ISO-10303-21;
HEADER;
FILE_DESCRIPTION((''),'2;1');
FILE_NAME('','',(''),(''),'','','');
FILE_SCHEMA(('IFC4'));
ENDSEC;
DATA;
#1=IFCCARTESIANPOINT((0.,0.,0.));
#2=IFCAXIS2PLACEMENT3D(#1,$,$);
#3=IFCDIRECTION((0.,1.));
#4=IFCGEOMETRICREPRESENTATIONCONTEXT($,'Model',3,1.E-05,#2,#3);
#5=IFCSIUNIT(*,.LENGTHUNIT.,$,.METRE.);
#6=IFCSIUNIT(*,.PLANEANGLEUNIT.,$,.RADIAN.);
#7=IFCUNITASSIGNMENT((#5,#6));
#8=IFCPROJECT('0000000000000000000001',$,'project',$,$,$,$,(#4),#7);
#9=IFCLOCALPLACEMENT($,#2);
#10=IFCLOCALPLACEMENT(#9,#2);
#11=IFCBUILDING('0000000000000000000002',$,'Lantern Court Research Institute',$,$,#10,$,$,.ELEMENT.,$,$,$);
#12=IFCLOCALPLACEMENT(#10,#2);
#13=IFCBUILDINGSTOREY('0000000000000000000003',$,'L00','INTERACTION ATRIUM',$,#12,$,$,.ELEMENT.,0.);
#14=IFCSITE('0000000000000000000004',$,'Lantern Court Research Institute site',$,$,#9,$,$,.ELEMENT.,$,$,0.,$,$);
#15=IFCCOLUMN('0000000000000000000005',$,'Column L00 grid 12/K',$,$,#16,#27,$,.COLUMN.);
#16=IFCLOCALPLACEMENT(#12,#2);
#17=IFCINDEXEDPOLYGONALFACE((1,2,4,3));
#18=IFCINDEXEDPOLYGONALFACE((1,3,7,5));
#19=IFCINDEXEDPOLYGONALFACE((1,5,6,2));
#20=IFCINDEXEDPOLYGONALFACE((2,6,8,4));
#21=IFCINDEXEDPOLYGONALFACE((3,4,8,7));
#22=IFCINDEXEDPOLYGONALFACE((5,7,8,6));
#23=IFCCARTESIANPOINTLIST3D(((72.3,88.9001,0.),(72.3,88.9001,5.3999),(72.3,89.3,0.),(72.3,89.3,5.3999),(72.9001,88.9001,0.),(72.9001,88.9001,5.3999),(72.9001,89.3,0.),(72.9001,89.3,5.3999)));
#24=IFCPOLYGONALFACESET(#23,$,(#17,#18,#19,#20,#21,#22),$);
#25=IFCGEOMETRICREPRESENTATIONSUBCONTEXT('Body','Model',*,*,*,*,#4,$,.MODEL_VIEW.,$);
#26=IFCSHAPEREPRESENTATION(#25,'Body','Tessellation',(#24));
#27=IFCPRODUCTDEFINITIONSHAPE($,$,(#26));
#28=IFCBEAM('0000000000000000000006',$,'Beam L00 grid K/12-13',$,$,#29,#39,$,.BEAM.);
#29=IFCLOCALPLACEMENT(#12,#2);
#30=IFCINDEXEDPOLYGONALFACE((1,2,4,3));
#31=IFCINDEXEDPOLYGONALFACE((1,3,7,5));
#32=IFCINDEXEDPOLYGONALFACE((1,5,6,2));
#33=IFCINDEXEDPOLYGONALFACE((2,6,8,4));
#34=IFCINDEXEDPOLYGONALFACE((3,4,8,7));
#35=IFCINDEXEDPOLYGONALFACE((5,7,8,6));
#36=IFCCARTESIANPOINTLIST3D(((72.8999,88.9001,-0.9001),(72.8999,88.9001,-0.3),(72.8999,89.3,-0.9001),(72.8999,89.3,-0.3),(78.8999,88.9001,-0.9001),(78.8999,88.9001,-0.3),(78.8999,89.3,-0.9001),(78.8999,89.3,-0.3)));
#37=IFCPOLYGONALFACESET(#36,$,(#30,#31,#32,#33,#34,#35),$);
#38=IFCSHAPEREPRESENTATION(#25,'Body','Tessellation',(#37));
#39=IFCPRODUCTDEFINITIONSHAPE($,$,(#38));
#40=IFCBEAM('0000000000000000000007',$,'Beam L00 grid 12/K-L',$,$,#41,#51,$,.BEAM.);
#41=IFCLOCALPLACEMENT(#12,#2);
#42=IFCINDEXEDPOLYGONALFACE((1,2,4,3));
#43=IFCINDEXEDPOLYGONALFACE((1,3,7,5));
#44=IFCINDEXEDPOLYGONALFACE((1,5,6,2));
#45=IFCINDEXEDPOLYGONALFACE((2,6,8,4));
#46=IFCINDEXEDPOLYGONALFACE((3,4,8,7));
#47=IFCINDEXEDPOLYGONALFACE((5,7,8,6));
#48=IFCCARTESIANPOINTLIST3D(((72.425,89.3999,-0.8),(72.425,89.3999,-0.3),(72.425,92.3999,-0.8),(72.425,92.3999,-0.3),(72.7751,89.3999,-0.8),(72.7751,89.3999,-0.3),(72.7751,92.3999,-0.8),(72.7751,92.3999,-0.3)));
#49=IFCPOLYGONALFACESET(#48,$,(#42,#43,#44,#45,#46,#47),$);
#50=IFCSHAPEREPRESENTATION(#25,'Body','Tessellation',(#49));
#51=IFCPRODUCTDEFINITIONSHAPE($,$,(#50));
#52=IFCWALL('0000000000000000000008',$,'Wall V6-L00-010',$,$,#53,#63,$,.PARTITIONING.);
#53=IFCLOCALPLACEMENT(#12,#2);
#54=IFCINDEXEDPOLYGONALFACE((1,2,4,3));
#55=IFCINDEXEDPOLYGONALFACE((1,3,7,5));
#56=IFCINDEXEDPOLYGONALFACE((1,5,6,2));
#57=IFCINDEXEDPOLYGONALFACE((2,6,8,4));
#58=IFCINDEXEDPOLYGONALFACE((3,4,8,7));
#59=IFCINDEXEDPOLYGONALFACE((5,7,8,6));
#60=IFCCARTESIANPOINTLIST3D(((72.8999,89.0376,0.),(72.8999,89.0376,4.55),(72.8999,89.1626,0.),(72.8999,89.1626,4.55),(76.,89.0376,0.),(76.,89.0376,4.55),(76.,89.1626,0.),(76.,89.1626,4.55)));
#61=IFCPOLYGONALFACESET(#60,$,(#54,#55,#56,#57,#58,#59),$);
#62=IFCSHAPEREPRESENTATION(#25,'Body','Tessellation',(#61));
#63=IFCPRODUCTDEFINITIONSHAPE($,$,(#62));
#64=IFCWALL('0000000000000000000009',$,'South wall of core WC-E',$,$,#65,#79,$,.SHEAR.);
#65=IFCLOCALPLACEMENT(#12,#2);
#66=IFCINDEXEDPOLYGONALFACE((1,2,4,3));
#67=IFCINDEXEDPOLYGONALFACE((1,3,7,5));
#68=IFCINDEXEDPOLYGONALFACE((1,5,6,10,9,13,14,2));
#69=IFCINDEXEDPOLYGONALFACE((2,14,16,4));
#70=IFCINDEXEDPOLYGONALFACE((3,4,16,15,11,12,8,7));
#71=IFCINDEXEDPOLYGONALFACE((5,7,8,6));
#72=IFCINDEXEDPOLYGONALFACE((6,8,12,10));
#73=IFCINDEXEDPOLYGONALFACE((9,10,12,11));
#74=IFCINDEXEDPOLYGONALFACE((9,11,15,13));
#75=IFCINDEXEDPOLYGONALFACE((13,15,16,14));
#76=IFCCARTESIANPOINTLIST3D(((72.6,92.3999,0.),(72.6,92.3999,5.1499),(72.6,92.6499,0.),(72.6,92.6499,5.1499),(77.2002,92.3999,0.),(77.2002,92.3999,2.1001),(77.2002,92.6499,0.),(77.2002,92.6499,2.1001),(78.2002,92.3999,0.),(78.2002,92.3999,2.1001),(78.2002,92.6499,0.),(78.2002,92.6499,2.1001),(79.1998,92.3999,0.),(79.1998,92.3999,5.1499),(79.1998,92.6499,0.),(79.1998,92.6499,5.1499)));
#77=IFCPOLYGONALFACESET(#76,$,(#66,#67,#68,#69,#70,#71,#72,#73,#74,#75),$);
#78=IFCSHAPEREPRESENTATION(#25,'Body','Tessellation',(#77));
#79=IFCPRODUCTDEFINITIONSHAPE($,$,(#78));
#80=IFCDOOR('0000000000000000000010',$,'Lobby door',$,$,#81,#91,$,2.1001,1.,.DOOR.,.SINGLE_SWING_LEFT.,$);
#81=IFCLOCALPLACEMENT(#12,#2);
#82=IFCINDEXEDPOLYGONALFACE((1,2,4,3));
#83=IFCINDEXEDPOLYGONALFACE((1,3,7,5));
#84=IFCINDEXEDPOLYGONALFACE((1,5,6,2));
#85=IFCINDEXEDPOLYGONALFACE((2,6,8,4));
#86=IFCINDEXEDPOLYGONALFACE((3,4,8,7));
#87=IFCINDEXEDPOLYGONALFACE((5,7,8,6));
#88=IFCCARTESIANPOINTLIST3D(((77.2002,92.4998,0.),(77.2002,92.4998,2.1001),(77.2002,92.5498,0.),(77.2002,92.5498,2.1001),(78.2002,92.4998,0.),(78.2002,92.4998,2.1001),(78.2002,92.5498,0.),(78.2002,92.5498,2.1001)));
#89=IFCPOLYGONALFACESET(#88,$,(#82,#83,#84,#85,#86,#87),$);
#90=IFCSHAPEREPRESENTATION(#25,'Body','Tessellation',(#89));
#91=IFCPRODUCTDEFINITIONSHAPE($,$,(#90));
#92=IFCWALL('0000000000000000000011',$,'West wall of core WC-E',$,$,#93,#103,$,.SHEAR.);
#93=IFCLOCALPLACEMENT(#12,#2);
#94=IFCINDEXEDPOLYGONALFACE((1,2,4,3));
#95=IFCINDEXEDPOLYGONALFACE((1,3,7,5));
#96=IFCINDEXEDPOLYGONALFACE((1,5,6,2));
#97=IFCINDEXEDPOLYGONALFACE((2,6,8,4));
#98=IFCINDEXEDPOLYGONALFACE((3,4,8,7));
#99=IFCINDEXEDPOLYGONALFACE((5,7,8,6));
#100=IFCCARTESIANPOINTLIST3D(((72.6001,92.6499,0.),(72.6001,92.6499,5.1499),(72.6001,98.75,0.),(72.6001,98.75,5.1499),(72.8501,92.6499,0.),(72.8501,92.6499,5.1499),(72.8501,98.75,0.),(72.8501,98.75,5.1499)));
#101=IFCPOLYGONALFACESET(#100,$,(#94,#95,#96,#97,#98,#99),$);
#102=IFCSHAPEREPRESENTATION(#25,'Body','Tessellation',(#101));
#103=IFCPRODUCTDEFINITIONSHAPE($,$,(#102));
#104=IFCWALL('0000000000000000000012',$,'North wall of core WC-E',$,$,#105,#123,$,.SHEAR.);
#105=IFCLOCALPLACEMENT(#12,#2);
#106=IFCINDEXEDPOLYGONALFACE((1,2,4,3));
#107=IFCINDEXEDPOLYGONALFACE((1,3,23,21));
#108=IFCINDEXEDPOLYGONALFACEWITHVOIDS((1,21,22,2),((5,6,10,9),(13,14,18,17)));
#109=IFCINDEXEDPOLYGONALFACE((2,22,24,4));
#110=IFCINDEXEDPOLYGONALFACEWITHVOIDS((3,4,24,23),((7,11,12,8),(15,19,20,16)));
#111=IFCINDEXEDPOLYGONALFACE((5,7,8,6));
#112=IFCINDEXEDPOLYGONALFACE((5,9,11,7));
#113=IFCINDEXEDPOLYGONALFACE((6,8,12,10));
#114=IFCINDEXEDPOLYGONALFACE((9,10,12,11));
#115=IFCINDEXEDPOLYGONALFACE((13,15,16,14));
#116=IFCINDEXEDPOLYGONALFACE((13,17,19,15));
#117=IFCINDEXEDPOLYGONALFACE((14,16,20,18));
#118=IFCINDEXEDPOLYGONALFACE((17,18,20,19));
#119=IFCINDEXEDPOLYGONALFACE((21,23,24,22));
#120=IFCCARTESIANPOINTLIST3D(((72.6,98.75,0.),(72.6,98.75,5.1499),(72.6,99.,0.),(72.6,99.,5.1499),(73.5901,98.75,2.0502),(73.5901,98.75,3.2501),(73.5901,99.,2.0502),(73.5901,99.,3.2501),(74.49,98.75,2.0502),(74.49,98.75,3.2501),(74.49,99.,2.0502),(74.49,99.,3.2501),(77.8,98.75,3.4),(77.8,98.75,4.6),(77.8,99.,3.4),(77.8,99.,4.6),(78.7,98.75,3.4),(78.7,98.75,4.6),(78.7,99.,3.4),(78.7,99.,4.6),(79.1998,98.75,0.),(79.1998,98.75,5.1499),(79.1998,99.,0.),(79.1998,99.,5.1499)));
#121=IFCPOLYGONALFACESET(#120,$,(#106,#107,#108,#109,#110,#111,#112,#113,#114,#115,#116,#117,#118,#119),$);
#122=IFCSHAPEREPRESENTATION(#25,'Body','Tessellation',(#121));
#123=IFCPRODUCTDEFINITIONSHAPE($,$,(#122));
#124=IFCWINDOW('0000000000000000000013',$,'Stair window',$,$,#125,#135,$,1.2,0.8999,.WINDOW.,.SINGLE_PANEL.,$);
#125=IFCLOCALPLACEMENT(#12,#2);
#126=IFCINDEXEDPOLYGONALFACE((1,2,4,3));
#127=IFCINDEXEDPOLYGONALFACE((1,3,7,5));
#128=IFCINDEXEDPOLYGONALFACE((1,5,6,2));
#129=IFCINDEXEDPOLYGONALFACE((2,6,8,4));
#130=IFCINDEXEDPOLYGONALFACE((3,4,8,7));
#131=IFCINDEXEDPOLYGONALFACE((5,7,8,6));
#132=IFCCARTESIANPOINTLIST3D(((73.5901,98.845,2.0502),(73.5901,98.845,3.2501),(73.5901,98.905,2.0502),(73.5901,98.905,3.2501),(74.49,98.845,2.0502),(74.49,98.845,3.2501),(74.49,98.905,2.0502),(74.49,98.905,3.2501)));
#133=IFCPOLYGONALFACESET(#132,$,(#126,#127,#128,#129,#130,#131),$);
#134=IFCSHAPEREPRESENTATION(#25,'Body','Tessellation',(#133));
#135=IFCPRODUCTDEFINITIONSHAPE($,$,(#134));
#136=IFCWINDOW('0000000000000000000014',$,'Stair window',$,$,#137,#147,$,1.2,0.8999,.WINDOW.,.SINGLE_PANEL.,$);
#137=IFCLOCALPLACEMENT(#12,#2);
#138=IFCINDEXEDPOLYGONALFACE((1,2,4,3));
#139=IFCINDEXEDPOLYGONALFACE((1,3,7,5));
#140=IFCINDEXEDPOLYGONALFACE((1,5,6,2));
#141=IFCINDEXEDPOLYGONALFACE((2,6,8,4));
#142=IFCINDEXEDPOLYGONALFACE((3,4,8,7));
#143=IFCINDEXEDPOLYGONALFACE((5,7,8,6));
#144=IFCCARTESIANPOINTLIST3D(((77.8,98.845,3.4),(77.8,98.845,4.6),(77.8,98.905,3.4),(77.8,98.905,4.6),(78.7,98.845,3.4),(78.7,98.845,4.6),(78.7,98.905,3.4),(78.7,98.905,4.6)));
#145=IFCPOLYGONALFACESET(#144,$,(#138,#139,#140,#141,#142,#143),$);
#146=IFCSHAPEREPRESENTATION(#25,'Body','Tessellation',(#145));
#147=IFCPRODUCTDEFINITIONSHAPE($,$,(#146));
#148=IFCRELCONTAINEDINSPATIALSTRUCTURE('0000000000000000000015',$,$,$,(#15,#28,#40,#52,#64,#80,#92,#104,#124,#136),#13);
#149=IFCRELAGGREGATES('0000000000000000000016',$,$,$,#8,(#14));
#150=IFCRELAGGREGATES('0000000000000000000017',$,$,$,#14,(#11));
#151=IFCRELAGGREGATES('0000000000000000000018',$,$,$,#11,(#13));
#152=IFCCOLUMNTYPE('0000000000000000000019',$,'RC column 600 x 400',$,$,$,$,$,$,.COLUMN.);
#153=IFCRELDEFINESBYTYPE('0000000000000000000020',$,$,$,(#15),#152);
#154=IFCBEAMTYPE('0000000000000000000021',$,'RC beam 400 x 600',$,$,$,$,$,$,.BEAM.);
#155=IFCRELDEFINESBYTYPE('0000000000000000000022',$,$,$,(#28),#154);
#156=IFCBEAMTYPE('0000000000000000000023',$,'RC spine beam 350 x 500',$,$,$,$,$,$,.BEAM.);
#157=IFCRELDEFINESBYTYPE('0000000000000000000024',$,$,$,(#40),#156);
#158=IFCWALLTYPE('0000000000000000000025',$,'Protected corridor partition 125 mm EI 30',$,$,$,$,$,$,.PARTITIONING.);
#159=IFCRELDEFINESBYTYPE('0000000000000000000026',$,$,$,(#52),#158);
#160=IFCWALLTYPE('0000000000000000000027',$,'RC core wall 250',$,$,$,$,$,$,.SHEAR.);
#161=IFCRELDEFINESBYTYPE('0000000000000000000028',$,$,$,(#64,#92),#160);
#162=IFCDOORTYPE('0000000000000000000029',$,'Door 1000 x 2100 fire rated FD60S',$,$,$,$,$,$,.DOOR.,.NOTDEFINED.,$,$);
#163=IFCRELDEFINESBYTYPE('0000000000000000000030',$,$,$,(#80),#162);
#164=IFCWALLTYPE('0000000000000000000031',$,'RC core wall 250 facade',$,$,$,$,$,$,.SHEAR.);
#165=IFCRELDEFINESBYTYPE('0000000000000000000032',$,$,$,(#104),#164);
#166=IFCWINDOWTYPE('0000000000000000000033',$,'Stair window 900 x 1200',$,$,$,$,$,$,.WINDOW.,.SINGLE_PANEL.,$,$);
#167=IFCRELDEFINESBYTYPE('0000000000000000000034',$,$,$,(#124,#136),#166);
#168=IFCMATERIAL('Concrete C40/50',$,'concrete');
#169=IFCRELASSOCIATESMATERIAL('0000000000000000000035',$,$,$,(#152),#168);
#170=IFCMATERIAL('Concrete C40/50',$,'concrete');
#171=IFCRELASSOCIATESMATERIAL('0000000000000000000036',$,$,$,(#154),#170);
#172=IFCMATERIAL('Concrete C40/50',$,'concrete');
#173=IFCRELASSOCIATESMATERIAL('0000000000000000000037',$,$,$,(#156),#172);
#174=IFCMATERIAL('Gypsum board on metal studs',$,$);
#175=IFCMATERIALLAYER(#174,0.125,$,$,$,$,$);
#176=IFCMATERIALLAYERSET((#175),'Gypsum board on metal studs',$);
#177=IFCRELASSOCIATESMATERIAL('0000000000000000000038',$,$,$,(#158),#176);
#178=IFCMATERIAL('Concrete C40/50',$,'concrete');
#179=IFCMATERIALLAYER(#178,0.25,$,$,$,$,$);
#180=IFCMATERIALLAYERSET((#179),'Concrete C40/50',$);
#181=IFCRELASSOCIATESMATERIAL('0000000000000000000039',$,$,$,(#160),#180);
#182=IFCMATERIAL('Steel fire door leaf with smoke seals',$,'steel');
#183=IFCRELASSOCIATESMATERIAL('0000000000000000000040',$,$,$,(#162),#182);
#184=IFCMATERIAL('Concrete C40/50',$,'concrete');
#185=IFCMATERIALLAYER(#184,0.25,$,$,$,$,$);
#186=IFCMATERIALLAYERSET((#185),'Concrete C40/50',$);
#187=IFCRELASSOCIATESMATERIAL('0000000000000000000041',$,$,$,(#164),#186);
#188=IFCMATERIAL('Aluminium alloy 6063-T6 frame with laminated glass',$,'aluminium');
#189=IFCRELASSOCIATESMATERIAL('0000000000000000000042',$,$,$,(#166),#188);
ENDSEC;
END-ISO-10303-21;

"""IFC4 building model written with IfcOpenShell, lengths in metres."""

from ifc_helpers import new_model, si_unit, direction, frame, frame_2d, origin, origin_2d, place, context, subcontext, project, spatial, rectangle, extrude, material, layer, layer_set, material_profile, profile_set, type_object, element, fill, save


model = new_model("IFC4")

# Units and contexts
model_context = context("Model", 3, precision=1e-05, world=origin(), true_north=direction((0.0, 1.0)))
body_context = subcontext(model_context, "Body", "Model", "MODEL_VIEW")
ifc_project = project(units=[si_unit("LENGTHUNIT", "METRE"), si_unit("PLANEANGLEUNIT", "RADIAN")], contexts=[model_context])

# Site, building, storey
site_placement = place(None, origin())
site = spatial("IfcSite", under=ifc_project, at=site_placement, Name="Lantern Court Research Institute site", CompositionType="ELEMENT", RefElevation=0.0)
building_placement = place(site_placement, origin())
building = spatial("IfcBuilding", under=site, at=building_placement, Name="Lantern Court Research Institute", CompositionType="ELEMENT")
storey_placement = place(building_placement, origin())
storey = spatial("IfcBuildingStorey", under=building, at=storey_placement, Name="L00", Description="INTERACTION ATRIUM", CompositionType="ELEMENT", Elevation=0.0)

# Column
ifc_material_1 = material(Name="Concrete C40/50", Category="concrete")
ifc_material_profile_1 = material_profile(ifc_material_1, rectangle(XDim=0.6001, YDim=0.3999, at=origin_2d()), Name="RC column 600 x 400")
ifc_profile_set_1 = profile_set([ifc_material_profile_1], Name="Concrete C40/50")
column_type = type_object("IfcColumnType", Name="RC column 600 x 400", PredefinedType="COLUMN", material=ifc_profile_set_1)
column_placement = place(storey_placement, frame((72.6001, 89.1001, 0.0), z_axis=(0.0, 0.0, 1.0), x_axis=(1.0, 0.0, 0.0)))
element("IfcColumn", 1, at=column_placement, inside=storey, type_object=column_type, Name="Column L00 grid 12/K", PredefinedType="COLUMN", context=body_context, shape_type="SweptSolid", body=[
    extrude(rectangle(XDim=0.6001, YDim=0.3999, at=origin_2d()), origin(), (0.0, 0.0, 1.0), 5.3999),
])

# Beams
ifc_material_2 = material(Name="Concrete C40/50", Category="concrete")
ifc_material_profile_2 = material_profile(ifc_material_2, rectangle(XDim=0.3999, YDim=0.6001, at=origin_2d()), Name="RC beam 400 x 600")
ifc_profile_set_2 = profile_set([ifc_material_profile_2], Name="Concrete C40/50")
beam_type_1 = type_object("IfcBeamType", Name="RC beam 400 x 600", PredefinedType="BEAM", material=ifc_profile_set_2)
beam_1_placement = place(storey_placement, frame((72.8999, 89.1001, -0.6001), z_axis=(1.0, 0.0, 0.0), x_axis=(0.0, 1.0, 0.0)))
element("IfcBeam", 2, at=beam_1_placement, inside=storey, type_object=beam_type_1, Name="Beam L00 grid K/12-13", PredefinedType="BEAM", context=body_context, shape_type="SweptSolid", body=[
    extrude(rectangle(XDim=0.3999, YDim=0.6001, at=origin_2d()), origin(), (0.0, 0.0, 1.0), 6.0),
])
ifc_material_3 = material(Name="Concrete C40/50", Category="concrete")
ifc_material_profile_3 = material_profile(ifc_material_3, rectangle(XDim=0.3501, YDim=0.5, at=origin_2d()), Name="RC beam 350 x 500")
ifc_profile_set_3 = profile_set([ifc_material_profile_3], Name="Concrete C40/50")
beam_type_2 = type_object("IfcBeamType", Name="RC spine beam 350 x 500", PredefinedType="BEAM", material=ifc_profile_set_3)
beam_2_placement = place(storey_placement, frame((72.6001, 89.3999, -0.55), z_axis=(0.0, 1.0, 0.0), x_axis=(-1.0, 0.0, 0.0)))
element("IfcBeam", 3, at=beam_2_placement, inside=storey, type_object=beam_type_2, Name="Beam L00 grid 12/K-L", PredefinedType="BEAM", context=body_context, shape_type="SweptSolid", body=[
    extrude(rectangle(XDim=0.3501, YDim=0.5, at=origin_2d()), origin(), (0.0, 0.0, 1.0), 3.0),
])

# Wall
ifc_material_4 = material(Name="Gypsum board on metal studs")
ifc_layer_1 = layer(ifc_material_4, 0.125)
ifc_layer_set_1 = layer_set([ifc_layer_1], Name="Gypsum board on metal studs")
wall_type_1 = type_object("IfcWallType", Name="Protected corridor partition 125 mm EI 30", PredefinedType="PARTITIONING", material=ifc_layer_set_1)
wall_1_placement = place(storey_placement, frame((72.8999, 89.1001, 0.0), z_axis=(0.0, 0.0, 1.0), x_axis=(1.0, 0.0, 0.0)))
element("IfcWall", 4, at=wall_1_placement, inside=storey, type_object=wall_type_1, Name="Wall V6-L00-010", PredefinedType="PARTITIONING", context=body_context, shape_type="SweptSolid", body=[
    extrude(rectangle(XDim=3.1001, YDim=0.125, at=frame_2d((1.55, 0.0))), origin(), (0.0, 0.0, 1.0), 4.55),
])

# Wall, opening, door
ifc_material_5 = material(Name="Concrete C40/50", Category="concrete")
ifc_layer_2 = layer(ifc_material_5, 0.25)
ifc_layer_set_2 = layer_set([ifc_layer_2], Name="Concrete C40/50")
wall_type_2 = type_object("IfcWallType", Name="RC core wall 250", PredefinedType="SHEAR", material=ifc_layer_set_2)
wall_2_placement = place(storey_placement, frame((72.6001, 92.5249, 0.0), z_axis=(0.0, 0.0, 1.0), x_axis=(1.0, 0.0, 0.0)))
wall_2 = element("IfcWall", 5, at=wall_2_placement, inside=storey, type_object=wall_type_2, Name="South wall of core WC-E", PredefinedType="SHEAR", context=body_context, shape_type="SweptSolid", body=[
    extrude(rectangle(XDim=6.5999, YDim=0.25, at=frame_2d((3.2998, 0.0))), origin(), (0.0, 0.0, 1.0), 5.1499),
])
opening_1_placement = place(wall_2_placement, frame((4.6001, 0.0, 0.0)))
opening_1 = element("IfcOpeningElement", 6, at=opening_1_placement, cuts=wall_2, PredefinedType="OPENING", context=body_context, shape_type="SweptSolid", body=[
    extrude(rectangle(XDim=1.0, YDim=2.1001, at=frame_2d((0.5, 1.05))), frame((0.0, 0.135, 0.0), z_axis=(0.0, -1.0, 0.0), x_axis=(1.0, 0.0, 0.0)), (0.0, 0.0, 1.0), 0.27),
])
ifc_material_6 = material(Name="Steel fire door leaf with smoke seals", Category="steel")
door_type_1 = type_object("IfcDoorType", Name="Door 1000 x 2100 fire rated FD60S", OperationType="NOTDEFINED", PredefinedType="DOOR", material=ifc_material_6)
door_1_placement = place(opening_1_placement, origin())
door_1 = element("IfcDoor", 7, at=door_1_placement, inside=storey, type_object=door_type_1, Name="Lobby door", OperationType="SINGLE_SWING_LEFT", OverallHeight=2.1001, OverallWidth=1.0, PredefinedType="DOOR", context=body_context, shape_type="SweptSolid", body=[
    extrude(rectangle(XDim=1.0, YDim=2.1001, at=frame_2d((0.5, 1.05))), frame((0.0, 0.0249, 0.0), z_axis=(0.0, -1.0, 0.0), x_axis=(1.0, 0.0, 0.0)), (0.0, 0.0, 1.0), 0.05),
])
fill(opening_1, door_1)

# Wall
wall_3_placement = place(storey_placement, frame((72.7251, 92.6499, 0.0), z_axis=(0.0, 0.0, 1.0), x_axis=(0.0, 1.0, 0.0)))
element("IfcWall", 8, at=wall_3_placement, inside=storey, type_object=wall_type_2, Name="West wall of core WC-E", PredefinedType="SHEAR", context=body_context, shape_type="SweptSolid", body=[
    extrude(rectangle(XDim=6.1001, YDim=0.25, at=frame_2d((3.05, 0.0))), origin(), (0.0, 0.0, 1.0), 5.1499),
])

# Wall, openings, windows
ifc_material_7 = material(Name="Concrete C40/50", Category="concrete")
ifc_layer_3 = layer(ifc_material_7, 0.25)
ifc_layer_set_3 = layer_set([ifc_layer_3], Name="Concrete C40/50")
wall_type_3 = type_object("IfcWallType", Name="RC core wall 250 facade", PredefinedType="SHEAR", material=ifc_layer_set_3)
wall_4_placement = place(storey_placement, frame((72.6001, 98.875, 0.0), z_axis=(0.0, 0.0, 1.0), x_axis=(1.0, 0.0, 0.0)))
wall_4 = element("IfcWall", 9, at=wall_4_placement, inside=storey, type_object=wall_type_3, Name="North wall of core WC-E", PredefinedType="SHEAR", context=body_context, shape_type="SweptSolid", body=[
    extrude(rectangle(XDim=6.5999, YDim=0.25, at=frame_2d((3.2998, 0.0))), origin(), (0.0, 0.0, 1.0), 5.1499),
])
opening_2_placement = place(wall_4_placement, frame((0.99, 0.0, 2.05)))
opening_2 = element("IfcOpeningElement", 10, at=opening_2_placement, cuts=wall_4, PredefinedType="OPENING", context=body_context, shape_type="SweptSolid", body=[
    extrude(rectangle(XDim=0.8999, YDim=1.2, at=frame_2d((0.45, 0.6001))), frame((0.0, 0.135, 0.0), z_axis=(0.0, -1.0, 0.0), x_axis=(1.0, 0.0, 0.0)), (0.0, 0.0, 1.0), 0.27),
])
opening_3_placement = place(wall_4_placement, frame((5.2, 0.0, 3.3999)))
opening_3 = element("IfcOpeningElement", 11, at=opening_3_placement, cuts=wall_4, PredefinedType="OPENING", context=body_context, shape_type="SweptSolid", body=[
    extrude(rectangle(XDim=0.8999, YDim=1.2, at=frame_2d((0.45, 0.6001))), frame((0.0, 0.135, 0.0), z_axis=(0.0, -1.0, 0.0), x_axis=(1.0, 0.0, 0.0)), (0.0, 0.0, 1.0), 0.27),
])
ifc_material_8 = material(Name="Aluminium alloy 6063-T6 frame with laminated glass", Category="aluminium")
window_type = type_object("IfcWindowType", Name="Stair window 900 x 1200", PartitioningType="SINGLE_PANEL", PredefinedType="WINDOW", material=ifc_material_8)
window_1_placement = place(opening_2_placement, origin())
window_1 = element("IfcWindow", 12, at=window_1_placement, inside=storey, type_object=window_type, Name="Stair window", OverallHeight=1.2, OverallWidth=0.8999, PartitioningType="SINGLE_PANEL", PredefinedType="WINDOW", context=body_context, shape_type="SweptSolid", body=[
    extrude(rectangle(XDim=0.8999, YDim=1.2, at=frame_2d((0.45, 0.6001))), frame((0.0, 0.03, 0.0), z_axis=(0.0, -1.0, 0.0), x_axis=(1.0, 0.0, 0.0)), (0.0, 0.0, 1.0), 0.0601),
])
fill(opening_2, window_1)
window_2_placement = place(opening_3_placement, origin())
window_2 = element("IfcWindow", 13, at=window_2_placement, inside=storey, type_object=window_type, Name="Stair window", OverallHeight=1.2, OverallWidth=0.8999, PartitioningType="SINGLE_PANEL", PredefinedType="WINDOW", context=body_context, shape_type="SweptSolid", body=[
    extrude(rectangle(XDim=0.8999, YDim=1.2, at=frame_2d((0.45, 0.6001))), frame((0.0, 0.03, 0.0), z_axis=(0.0, -1.0, 0.0), x_axis=(1.0, 0.0, 0.0)), (0.0, 0.0, 1.0), 0.0601),
])
fill(opening_3, window_2)

save(model, "model.ifc")
